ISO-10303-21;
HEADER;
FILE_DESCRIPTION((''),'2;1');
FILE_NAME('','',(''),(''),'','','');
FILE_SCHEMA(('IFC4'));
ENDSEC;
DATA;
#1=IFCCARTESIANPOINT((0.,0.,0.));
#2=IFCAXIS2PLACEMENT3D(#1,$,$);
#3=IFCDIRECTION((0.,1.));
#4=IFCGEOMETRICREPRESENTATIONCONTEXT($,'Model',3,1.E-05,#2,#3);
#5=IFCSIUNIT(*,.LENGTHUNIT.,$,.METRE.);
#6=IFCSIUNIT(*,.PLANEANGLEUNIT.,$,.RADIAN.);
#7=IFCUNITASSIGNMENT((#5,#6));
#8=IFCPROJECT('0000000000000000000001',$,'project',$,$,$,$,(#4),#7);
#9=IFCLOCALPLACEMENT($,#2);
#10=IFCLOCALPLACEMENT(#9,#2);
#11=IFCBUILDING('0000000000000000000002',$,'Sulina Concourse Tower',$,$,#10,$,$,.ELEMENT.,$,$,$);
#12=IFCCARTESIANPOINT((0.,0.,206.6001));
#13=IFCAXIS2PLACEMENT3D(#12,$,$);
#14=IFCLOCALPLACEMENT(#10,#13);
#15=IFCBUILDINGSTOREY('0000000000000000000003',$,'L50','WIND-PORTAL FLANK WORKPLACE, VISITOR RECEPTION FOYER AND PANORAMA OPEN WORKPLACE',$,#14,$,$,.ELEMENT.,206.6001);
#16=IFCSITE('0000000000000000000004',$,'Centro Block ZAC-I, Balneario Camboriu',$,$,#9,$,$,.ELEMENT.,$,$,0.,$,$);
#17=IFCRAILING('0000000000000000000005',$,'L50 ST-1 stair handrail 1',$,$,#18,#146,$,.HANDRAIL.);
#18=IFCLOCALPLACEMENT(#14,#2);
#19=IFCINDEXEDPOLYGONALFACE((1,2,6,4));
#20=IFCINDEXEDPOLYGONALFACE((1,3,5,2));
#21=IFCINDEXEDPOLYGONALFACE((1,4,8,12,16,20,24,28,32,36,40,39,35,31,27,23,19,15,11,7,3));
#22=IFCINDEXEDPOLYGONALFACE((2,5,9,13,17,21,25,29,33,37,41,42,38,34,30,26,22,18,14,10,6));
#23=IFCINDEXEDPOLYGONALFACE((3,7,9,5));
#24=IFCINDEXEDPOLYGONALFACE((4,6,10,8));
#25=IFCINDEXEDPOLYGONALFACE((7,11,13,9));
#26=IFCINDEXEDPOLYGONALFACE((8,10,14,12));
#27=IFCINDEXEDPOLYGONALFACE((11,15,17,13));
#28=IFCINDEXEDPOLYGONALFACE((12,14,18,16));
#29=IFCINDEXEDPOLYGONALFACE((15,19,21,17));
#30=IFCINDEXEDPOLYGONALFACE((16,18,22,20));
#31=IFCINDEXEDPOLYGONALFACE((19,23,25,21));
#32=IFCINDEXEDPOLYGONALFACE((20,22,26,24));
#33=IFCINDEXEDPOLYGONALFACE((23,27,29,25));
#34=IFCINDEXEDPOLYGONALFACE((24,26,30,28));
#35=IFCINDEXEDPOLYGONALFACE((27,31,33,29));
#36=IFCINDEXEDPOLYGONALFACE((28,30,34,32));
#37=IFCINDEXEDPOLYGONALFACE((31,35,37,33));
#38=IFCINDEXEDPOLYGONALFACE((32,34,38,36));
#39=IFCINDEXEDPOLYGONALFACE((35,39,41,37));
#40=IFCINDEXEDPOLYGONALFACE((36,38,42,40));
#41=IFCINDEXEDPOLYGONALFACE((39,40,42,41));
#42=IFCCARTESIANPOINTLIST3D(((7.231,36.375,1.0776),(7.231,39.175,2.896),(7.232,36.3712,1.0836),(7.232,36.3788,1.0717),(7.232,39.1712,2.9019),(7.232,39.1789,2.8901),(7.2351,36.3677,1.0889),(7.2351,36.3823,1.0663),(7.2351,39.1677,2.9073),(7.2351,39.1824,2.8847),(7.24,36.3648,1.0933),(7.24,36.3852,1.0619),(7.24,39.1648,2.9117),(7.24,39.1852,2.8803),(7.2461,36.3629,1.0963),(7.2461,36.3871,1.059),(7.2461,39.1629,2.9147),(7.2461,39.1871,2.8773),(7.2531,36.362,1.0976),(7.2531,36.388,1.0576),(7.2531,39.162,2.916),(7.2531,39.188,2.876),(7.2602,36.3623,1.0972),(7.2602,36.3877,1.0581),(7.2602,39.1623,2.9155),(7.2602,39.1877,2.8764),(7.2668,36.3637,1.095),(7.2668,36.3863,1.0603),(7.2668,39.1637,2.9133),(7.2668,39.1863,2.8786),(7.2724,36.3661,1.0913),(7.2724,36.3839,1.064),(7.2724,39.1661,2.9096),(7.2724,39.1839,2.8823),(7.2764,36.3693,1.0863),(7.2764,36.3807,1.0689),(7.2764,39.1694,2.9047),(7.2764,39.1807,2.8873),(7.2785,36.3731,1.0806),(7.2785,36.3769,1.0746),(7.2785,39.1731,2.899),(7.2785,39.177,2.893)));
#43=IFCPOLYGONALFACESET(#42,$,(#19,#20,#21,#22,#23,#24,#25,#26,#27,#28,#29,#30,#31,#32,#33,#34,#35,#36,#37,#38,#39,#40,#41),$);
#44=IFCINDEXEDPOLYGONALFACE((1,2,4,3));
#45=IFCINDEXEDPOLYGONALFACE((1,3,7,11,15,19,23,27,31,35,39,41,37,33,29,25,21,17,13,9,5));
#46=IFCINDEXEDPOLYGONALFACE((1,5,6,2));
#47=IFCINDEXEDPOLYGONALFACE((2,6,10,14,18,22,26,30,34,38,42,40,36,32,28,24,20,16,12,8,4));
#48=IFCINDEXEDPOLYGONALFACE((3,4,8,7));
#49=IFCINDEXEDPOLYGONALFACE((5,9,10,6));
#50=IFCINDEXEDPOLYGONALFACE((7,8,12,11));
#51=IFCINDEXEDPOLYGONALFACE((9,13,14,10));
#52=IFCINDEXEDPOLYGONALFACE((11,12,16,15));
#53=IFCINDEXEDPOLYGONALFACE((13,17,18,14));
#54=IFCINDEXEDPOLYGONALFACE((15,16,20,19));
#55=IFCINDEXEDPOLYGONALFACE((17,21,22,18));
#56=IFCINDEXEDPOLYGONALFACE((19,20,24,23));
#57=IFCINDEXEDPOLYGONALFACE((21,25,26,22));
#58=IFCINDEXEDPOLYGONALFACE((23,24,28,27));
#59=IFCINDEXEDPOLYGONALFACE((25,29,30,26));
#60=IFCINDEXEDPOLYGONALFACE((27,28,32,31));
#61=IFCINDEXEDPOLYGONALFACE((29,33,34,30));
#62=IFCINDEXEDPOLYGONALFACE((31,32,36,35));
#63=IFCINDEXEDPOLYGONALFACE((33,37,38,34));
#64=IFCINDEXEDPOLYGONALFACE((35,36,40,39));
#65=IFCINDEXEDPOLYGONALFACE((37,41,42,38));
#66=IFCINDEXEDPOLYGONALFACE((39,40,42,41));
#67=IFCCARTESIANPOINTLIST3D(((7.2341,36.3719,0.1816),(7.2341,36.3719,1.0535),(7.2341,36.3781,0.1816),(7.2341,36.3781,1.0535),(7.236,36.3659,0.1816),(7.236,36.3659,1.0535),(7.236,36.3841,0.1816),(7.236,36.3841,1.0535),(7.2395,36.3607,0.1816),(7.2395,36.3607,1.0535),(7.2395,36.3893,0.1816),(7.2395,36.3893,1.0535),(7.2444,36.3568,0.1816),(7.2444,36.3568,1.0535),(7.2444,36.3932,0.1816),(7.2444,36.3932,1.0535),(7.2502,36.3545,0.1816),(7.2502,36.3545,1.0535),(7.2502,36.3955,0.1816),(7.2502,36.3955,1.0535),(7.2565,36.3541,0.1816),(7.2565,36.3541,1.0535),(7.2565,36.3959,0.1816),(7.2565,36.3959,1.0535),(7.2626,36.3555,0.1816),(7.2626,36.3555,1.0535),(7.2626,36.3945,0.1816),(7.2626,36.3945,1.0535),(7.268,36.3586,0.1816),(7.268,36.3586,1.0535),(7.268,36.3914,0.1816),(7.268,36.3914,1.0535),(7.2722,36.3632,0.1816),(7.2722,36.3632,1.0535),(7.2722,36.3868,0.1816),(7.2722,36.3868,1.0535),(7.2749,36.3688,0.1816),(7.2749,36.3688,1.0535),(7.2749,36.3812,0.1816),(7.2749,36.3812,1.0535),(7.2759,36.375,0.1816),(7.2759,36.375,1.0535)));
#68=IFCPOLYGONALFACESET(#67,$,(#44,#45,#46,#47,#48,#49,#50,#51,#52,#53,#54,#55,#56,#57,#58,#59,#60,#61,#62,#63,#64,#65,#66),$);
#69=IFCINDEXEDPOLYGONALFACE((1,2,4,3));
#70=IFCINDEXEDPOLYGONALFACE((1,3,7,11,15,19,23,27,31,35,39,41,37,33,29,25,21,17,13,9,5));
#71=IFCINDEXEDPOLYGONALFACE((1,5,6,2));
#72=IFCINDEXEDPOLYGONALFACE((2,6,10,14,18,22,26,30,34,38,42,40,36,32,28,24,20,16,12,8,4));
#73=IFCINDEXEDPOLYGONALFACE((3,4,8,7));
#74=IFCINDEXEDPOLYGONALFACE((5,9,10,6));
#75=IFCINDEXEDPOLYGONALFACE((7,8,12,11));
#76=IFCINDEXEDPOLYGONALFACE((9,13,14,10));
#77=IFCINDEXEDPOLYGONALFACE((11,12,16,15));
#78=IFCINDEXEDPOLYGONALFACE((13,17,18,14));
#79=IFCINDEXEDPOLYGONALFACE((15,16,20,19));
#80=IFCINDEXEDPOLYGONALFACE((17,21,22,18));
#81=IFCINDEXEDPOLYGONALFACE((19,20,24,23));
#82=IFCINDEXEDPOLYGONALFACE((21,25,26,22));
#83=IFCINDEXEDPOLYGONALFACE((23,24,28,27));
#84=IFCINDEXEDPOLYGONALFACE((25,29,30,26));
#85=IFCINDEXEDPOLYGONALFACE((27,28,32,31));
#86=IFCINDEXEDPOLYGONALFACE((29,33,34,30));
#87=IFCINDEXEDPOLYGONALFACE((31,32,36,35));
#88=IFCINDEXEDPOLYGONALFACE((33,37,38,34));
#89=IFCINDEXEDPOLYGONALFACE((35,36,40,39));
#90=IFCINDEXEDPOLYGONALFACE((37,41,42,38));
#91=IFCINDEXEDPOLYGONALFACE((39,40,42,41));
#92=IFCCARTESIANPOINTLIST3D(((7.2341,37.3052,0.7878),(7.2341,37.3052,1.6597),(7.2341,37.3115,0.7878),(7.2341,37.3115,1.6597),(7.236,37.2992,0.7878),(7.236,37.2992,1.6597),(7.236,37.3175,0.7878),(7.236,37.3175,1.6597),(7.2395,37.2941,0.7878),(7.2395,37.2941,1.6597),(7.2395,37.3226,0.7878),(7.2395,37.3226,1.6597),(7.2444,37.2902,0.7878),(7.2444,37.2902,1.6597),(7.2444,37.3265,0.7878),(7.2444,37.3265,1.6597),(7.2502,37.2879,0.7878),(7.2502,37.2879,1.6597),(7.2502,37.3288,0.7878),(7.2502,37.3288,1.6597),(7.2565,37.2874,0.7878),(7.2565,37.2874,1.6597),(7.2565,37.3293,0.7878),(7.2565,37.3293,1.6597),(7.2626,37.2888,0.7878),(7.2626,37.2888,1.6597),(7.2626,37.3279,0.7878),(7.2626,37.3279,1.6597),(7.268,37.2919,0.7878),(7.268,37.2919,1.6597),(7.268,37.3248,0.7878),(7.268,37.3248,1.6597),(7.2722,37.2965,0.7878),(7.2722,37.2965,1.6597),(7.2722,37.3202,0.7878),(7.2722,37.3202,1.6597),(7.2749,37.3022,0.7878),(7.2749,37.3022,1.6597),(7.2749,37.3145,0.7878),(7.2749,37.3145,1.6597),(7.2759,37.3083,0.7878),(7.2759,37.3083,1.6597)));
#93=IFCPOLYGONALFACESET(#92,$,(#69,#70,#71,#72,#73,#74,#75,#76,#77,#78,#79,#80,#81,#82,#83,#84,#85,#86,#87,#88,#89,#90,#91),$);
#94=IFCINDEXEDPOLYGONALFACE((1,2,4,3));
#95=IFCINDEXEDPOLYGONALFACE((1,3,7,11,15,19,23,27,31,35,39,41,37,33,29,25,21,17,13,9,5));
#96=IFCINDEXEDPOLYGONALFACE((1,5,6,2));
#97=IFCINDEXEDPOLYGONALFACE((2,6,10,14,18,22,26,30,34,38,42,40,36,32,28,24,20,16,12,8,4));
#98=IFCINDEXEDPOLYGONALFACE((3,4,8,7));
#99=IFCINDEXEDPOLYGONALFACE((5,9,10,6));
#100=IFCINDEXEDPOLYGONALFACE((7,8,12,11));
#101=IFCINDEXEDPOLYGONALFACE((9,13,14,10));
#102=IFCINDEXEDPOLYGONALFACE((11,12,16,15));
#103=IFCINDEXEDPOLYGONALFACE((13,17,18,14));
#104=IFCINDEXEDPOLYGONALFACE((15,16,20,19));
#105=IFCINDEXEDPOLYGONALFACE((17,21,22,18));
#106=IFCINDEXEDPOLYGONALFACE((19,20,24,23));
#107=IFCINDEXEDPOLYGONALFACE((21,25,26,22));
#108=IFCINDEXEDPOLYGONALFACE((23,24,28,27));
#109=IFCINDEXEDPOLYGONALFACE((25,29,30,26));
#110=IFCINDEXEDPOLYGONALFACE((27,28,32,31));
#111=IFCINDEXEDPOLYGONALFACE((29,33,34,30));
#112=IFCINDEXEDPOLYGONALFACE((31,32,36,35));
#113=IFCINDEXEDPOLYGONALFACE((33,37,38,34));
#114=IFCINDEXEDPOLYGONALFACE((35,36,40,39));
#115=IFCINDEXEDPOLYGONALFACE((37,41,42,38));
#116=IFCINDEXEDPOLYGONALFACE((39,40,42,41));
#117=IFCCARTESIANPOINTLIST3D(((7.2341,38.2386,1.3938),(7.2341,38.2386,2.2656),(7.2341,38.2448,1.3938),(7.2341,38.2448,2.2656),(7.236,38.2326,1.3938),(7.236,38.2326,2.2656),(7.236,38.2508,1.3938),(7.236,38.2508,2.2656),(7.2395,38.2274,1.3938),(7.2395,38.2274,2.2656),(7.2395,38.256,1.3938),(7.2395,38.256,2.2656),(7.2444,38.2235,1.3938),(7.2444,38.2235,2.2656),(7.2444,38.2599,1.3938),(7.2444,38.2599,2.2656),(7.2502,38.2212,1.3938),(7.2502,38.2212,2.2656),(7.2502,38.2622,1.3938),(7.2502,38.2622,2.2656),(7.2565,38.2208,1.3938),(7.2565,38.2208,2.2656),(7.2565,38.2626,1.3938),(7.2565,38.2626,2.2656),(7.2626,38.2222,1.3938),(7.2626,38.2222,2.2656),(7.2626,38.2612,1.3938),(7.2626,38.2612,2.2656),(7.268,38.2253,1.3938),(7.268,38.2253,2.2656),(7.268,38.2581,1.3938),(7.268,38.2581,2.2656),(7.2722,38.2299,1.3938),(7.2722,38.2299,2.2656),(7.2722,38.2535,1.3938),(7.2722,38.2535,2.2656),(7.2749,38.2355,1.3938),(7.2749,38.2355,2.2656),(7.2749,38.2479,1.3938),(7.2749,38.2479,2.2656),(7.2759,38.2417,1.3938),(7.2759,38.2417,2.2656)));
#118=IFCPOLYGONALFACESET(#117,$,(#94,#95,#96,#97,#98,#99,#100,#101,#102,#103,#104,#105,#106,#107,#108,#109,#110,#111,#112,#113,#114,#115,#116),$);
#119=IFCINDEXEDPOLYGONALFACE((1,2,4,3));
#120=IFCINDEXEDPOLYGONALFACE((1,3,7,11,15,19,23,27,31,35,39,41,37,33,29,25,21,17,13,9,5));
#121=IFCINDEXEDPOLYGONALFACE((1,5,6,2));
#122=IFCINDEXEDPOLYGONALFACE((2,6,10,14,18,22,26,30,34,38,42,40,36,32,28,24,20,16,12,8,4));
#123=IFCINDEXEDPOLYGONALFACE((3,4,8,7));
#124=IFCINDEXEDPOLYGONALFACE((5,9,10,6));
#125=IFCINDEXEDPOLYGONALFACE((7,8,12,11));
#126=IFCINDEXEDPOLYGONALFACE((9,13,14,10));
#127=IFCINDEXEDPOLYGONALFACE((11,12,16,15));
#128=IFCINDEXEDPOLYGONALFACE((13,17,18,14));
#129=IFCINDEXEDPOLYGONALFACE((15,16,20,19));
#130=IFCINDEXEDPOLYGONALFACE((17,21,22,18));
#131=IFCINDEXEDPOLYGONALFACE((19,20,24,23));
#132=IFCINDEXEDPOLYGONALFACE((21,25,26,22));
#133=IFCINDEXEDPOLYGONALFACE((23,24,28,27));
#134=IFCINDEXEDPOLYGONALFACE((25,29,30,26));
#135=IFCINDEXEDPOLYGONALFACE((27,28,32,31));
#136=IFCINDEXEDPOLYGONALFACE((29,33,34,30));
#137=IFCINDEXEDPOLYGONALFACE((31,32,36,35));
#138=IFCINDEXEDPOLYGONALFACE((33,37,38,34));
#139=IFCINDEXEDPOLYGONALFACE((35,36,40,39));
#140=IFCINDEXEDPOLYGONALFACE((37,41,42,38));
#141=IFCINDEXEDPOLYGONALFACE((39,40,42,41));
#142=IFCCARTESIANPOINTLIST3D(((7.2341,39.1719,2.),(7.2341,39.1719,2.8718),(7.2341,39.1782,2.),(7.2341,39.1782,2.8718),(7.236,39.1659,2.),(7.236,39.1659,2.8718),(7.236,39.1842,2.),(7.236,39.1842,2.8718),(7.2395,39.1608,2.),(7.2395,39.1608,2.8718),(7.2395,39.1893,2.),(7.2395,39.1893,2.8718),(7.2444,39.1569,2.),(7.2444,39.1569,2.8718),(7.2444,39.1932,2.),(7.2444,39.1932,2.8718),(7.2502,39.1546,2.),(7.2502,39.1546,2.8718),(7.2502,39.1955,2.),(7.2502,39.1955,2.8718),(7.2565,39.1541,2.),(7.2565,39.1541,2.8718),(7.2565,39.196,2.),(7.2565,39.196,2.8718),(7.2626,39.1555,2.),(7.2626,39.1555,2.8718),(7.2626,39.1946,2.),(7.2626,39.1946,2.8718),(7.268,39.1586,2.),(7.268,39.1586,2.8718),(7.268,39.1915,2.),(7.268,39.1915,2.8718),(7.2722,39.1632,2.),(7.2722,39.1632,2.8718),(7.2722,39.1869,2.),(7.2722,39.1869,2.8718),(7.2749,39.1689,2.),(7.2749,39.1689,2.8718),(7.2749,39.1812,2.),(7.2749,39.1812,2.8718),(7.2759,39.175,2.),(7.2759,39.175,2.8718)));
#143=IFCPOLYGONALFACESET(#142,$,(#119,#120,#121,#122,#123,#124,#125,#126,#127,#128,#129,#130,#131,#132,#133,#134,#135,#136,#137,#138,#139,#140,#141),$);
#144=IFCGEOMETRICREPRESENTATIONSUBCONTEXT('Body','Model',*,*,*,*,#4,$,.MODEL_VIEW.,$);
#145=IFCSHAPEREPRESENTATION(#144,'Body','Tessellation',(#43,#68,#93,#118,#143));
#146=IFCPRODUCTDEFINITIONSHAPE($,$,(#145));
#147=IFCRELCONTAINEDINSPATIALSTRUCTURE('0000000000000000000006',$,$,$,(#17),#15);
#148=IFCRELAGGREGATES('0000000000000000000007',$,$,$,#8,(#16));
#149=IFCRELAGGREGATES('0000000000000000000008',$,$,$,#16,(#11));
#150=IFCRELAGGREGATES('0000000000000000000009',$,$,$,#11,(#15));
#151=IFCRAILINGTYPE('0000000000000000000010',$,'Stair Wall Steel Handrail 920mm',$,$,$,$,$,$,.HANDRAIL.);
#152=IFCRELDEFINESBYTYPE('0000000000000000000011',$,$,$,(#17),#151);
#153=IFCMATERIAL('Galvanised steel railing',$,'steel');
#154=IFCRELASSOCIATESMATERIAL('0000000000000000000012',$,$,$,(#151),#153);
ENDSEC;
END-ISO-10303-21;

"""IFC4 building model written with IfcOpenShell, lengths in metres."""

from ifc_helpers import new_model, si_unit, direction, frame, origin, origin_2d, place, context, subcontext, project, spatial, circle, extrude, material, type_object, element, save


model = new_model("IFC4")

# Units and contexts
model_context = context("Model", 3, precision=1e-05, world=origin(), true_north=direction((0.0, 1.0)))
body_context = subcontext(model_context, "Body", "Model", "MODEL_VIEW")
ifc_project = project(units=[si_unit("LENGTHUNIT", "METRE"), si_unit("PLANEANGLEUNIT", "RADIAN")], contexts=[model_context])

# Site, building, storey
site_placement = place(None, origin())
site = spatial("IfcSite", under=ifc_project, at=site_placement, Name="Centro Block ZAC-I, Balneario Camboriu", CompositionType="ELEMENT", RefElevation=0.0)
building_placement = place(site_placement, origin())
building = spatial("IfcBuilding", under=site, at=building_placement, Name="Sulina Concourse Tower", CompositionType="ELEMENT")
storey_placement = place(building_placement, frame((0.0, 0.0, 206.6001)))
storey = spatial("IfcBuildingStorey", under=building, at=storey_placement, Name="L50", Description="WIND-PORTAL FLANK WORKPLACE, VISITOR RECEPTION FOYER AND PANORAMA OPEN WORKPLACE", CompositionType="ELEMENT", Elevation=206.6001)

# Railing
ifc_material_1 = material(Name="Galvanised steel railing", Category="steel")
railing_type_1 = type_object("IfcRailingType", Name="Stair Wall Steel Handrail 920mm", PredefinedType="HANDRAIL", material=ifc_material_1)
railing_1_placement = place(storey_placement, frame((7.2549, 36.375, 0.1816)))
element("IfcRailing", 1, at=railing_1_placement, inside=storey, type_object=railing_type_1, Name="L50 ST-1 stair handrail 1", PredefinedType="HANDRAIL", context=body_context, shape_type="SweptSolid", body=[
    extrude(circle(Radius=0.0239, at=origin_2d()), frame((0.0, 0.0, 0.896), z_axis=(0.0, 0.838672, 0.544636), x_axis=(-1.0, 0.0, 0.0)), (0.0, 0.0, 1.0), 3.3386),
    extrude(circle(Radius=0.021, at=origin_2d()), origin(), (0.0, 0.0, 1.0), 0.8718),
    extrude(circle(Radius=0.021, at=origin_2d()), frame((0.0, 0.9333, 0.6062)), (0.0, 0.0, 1.0), 0.8718),
    extrude(circle(Radius=0.021, at=origin_2d()), frame((0.0, 1.8667, 1.2122)), (0.0, 0.0, 1.0), 0.8718),
    extrude(circle(Radius=0.021, at=origin_2d()), frame((0.0, 2.8, 1.8184)), (0.0, 0.0, 1.0), 0.8718),
])

save(model, "model.ifc")
